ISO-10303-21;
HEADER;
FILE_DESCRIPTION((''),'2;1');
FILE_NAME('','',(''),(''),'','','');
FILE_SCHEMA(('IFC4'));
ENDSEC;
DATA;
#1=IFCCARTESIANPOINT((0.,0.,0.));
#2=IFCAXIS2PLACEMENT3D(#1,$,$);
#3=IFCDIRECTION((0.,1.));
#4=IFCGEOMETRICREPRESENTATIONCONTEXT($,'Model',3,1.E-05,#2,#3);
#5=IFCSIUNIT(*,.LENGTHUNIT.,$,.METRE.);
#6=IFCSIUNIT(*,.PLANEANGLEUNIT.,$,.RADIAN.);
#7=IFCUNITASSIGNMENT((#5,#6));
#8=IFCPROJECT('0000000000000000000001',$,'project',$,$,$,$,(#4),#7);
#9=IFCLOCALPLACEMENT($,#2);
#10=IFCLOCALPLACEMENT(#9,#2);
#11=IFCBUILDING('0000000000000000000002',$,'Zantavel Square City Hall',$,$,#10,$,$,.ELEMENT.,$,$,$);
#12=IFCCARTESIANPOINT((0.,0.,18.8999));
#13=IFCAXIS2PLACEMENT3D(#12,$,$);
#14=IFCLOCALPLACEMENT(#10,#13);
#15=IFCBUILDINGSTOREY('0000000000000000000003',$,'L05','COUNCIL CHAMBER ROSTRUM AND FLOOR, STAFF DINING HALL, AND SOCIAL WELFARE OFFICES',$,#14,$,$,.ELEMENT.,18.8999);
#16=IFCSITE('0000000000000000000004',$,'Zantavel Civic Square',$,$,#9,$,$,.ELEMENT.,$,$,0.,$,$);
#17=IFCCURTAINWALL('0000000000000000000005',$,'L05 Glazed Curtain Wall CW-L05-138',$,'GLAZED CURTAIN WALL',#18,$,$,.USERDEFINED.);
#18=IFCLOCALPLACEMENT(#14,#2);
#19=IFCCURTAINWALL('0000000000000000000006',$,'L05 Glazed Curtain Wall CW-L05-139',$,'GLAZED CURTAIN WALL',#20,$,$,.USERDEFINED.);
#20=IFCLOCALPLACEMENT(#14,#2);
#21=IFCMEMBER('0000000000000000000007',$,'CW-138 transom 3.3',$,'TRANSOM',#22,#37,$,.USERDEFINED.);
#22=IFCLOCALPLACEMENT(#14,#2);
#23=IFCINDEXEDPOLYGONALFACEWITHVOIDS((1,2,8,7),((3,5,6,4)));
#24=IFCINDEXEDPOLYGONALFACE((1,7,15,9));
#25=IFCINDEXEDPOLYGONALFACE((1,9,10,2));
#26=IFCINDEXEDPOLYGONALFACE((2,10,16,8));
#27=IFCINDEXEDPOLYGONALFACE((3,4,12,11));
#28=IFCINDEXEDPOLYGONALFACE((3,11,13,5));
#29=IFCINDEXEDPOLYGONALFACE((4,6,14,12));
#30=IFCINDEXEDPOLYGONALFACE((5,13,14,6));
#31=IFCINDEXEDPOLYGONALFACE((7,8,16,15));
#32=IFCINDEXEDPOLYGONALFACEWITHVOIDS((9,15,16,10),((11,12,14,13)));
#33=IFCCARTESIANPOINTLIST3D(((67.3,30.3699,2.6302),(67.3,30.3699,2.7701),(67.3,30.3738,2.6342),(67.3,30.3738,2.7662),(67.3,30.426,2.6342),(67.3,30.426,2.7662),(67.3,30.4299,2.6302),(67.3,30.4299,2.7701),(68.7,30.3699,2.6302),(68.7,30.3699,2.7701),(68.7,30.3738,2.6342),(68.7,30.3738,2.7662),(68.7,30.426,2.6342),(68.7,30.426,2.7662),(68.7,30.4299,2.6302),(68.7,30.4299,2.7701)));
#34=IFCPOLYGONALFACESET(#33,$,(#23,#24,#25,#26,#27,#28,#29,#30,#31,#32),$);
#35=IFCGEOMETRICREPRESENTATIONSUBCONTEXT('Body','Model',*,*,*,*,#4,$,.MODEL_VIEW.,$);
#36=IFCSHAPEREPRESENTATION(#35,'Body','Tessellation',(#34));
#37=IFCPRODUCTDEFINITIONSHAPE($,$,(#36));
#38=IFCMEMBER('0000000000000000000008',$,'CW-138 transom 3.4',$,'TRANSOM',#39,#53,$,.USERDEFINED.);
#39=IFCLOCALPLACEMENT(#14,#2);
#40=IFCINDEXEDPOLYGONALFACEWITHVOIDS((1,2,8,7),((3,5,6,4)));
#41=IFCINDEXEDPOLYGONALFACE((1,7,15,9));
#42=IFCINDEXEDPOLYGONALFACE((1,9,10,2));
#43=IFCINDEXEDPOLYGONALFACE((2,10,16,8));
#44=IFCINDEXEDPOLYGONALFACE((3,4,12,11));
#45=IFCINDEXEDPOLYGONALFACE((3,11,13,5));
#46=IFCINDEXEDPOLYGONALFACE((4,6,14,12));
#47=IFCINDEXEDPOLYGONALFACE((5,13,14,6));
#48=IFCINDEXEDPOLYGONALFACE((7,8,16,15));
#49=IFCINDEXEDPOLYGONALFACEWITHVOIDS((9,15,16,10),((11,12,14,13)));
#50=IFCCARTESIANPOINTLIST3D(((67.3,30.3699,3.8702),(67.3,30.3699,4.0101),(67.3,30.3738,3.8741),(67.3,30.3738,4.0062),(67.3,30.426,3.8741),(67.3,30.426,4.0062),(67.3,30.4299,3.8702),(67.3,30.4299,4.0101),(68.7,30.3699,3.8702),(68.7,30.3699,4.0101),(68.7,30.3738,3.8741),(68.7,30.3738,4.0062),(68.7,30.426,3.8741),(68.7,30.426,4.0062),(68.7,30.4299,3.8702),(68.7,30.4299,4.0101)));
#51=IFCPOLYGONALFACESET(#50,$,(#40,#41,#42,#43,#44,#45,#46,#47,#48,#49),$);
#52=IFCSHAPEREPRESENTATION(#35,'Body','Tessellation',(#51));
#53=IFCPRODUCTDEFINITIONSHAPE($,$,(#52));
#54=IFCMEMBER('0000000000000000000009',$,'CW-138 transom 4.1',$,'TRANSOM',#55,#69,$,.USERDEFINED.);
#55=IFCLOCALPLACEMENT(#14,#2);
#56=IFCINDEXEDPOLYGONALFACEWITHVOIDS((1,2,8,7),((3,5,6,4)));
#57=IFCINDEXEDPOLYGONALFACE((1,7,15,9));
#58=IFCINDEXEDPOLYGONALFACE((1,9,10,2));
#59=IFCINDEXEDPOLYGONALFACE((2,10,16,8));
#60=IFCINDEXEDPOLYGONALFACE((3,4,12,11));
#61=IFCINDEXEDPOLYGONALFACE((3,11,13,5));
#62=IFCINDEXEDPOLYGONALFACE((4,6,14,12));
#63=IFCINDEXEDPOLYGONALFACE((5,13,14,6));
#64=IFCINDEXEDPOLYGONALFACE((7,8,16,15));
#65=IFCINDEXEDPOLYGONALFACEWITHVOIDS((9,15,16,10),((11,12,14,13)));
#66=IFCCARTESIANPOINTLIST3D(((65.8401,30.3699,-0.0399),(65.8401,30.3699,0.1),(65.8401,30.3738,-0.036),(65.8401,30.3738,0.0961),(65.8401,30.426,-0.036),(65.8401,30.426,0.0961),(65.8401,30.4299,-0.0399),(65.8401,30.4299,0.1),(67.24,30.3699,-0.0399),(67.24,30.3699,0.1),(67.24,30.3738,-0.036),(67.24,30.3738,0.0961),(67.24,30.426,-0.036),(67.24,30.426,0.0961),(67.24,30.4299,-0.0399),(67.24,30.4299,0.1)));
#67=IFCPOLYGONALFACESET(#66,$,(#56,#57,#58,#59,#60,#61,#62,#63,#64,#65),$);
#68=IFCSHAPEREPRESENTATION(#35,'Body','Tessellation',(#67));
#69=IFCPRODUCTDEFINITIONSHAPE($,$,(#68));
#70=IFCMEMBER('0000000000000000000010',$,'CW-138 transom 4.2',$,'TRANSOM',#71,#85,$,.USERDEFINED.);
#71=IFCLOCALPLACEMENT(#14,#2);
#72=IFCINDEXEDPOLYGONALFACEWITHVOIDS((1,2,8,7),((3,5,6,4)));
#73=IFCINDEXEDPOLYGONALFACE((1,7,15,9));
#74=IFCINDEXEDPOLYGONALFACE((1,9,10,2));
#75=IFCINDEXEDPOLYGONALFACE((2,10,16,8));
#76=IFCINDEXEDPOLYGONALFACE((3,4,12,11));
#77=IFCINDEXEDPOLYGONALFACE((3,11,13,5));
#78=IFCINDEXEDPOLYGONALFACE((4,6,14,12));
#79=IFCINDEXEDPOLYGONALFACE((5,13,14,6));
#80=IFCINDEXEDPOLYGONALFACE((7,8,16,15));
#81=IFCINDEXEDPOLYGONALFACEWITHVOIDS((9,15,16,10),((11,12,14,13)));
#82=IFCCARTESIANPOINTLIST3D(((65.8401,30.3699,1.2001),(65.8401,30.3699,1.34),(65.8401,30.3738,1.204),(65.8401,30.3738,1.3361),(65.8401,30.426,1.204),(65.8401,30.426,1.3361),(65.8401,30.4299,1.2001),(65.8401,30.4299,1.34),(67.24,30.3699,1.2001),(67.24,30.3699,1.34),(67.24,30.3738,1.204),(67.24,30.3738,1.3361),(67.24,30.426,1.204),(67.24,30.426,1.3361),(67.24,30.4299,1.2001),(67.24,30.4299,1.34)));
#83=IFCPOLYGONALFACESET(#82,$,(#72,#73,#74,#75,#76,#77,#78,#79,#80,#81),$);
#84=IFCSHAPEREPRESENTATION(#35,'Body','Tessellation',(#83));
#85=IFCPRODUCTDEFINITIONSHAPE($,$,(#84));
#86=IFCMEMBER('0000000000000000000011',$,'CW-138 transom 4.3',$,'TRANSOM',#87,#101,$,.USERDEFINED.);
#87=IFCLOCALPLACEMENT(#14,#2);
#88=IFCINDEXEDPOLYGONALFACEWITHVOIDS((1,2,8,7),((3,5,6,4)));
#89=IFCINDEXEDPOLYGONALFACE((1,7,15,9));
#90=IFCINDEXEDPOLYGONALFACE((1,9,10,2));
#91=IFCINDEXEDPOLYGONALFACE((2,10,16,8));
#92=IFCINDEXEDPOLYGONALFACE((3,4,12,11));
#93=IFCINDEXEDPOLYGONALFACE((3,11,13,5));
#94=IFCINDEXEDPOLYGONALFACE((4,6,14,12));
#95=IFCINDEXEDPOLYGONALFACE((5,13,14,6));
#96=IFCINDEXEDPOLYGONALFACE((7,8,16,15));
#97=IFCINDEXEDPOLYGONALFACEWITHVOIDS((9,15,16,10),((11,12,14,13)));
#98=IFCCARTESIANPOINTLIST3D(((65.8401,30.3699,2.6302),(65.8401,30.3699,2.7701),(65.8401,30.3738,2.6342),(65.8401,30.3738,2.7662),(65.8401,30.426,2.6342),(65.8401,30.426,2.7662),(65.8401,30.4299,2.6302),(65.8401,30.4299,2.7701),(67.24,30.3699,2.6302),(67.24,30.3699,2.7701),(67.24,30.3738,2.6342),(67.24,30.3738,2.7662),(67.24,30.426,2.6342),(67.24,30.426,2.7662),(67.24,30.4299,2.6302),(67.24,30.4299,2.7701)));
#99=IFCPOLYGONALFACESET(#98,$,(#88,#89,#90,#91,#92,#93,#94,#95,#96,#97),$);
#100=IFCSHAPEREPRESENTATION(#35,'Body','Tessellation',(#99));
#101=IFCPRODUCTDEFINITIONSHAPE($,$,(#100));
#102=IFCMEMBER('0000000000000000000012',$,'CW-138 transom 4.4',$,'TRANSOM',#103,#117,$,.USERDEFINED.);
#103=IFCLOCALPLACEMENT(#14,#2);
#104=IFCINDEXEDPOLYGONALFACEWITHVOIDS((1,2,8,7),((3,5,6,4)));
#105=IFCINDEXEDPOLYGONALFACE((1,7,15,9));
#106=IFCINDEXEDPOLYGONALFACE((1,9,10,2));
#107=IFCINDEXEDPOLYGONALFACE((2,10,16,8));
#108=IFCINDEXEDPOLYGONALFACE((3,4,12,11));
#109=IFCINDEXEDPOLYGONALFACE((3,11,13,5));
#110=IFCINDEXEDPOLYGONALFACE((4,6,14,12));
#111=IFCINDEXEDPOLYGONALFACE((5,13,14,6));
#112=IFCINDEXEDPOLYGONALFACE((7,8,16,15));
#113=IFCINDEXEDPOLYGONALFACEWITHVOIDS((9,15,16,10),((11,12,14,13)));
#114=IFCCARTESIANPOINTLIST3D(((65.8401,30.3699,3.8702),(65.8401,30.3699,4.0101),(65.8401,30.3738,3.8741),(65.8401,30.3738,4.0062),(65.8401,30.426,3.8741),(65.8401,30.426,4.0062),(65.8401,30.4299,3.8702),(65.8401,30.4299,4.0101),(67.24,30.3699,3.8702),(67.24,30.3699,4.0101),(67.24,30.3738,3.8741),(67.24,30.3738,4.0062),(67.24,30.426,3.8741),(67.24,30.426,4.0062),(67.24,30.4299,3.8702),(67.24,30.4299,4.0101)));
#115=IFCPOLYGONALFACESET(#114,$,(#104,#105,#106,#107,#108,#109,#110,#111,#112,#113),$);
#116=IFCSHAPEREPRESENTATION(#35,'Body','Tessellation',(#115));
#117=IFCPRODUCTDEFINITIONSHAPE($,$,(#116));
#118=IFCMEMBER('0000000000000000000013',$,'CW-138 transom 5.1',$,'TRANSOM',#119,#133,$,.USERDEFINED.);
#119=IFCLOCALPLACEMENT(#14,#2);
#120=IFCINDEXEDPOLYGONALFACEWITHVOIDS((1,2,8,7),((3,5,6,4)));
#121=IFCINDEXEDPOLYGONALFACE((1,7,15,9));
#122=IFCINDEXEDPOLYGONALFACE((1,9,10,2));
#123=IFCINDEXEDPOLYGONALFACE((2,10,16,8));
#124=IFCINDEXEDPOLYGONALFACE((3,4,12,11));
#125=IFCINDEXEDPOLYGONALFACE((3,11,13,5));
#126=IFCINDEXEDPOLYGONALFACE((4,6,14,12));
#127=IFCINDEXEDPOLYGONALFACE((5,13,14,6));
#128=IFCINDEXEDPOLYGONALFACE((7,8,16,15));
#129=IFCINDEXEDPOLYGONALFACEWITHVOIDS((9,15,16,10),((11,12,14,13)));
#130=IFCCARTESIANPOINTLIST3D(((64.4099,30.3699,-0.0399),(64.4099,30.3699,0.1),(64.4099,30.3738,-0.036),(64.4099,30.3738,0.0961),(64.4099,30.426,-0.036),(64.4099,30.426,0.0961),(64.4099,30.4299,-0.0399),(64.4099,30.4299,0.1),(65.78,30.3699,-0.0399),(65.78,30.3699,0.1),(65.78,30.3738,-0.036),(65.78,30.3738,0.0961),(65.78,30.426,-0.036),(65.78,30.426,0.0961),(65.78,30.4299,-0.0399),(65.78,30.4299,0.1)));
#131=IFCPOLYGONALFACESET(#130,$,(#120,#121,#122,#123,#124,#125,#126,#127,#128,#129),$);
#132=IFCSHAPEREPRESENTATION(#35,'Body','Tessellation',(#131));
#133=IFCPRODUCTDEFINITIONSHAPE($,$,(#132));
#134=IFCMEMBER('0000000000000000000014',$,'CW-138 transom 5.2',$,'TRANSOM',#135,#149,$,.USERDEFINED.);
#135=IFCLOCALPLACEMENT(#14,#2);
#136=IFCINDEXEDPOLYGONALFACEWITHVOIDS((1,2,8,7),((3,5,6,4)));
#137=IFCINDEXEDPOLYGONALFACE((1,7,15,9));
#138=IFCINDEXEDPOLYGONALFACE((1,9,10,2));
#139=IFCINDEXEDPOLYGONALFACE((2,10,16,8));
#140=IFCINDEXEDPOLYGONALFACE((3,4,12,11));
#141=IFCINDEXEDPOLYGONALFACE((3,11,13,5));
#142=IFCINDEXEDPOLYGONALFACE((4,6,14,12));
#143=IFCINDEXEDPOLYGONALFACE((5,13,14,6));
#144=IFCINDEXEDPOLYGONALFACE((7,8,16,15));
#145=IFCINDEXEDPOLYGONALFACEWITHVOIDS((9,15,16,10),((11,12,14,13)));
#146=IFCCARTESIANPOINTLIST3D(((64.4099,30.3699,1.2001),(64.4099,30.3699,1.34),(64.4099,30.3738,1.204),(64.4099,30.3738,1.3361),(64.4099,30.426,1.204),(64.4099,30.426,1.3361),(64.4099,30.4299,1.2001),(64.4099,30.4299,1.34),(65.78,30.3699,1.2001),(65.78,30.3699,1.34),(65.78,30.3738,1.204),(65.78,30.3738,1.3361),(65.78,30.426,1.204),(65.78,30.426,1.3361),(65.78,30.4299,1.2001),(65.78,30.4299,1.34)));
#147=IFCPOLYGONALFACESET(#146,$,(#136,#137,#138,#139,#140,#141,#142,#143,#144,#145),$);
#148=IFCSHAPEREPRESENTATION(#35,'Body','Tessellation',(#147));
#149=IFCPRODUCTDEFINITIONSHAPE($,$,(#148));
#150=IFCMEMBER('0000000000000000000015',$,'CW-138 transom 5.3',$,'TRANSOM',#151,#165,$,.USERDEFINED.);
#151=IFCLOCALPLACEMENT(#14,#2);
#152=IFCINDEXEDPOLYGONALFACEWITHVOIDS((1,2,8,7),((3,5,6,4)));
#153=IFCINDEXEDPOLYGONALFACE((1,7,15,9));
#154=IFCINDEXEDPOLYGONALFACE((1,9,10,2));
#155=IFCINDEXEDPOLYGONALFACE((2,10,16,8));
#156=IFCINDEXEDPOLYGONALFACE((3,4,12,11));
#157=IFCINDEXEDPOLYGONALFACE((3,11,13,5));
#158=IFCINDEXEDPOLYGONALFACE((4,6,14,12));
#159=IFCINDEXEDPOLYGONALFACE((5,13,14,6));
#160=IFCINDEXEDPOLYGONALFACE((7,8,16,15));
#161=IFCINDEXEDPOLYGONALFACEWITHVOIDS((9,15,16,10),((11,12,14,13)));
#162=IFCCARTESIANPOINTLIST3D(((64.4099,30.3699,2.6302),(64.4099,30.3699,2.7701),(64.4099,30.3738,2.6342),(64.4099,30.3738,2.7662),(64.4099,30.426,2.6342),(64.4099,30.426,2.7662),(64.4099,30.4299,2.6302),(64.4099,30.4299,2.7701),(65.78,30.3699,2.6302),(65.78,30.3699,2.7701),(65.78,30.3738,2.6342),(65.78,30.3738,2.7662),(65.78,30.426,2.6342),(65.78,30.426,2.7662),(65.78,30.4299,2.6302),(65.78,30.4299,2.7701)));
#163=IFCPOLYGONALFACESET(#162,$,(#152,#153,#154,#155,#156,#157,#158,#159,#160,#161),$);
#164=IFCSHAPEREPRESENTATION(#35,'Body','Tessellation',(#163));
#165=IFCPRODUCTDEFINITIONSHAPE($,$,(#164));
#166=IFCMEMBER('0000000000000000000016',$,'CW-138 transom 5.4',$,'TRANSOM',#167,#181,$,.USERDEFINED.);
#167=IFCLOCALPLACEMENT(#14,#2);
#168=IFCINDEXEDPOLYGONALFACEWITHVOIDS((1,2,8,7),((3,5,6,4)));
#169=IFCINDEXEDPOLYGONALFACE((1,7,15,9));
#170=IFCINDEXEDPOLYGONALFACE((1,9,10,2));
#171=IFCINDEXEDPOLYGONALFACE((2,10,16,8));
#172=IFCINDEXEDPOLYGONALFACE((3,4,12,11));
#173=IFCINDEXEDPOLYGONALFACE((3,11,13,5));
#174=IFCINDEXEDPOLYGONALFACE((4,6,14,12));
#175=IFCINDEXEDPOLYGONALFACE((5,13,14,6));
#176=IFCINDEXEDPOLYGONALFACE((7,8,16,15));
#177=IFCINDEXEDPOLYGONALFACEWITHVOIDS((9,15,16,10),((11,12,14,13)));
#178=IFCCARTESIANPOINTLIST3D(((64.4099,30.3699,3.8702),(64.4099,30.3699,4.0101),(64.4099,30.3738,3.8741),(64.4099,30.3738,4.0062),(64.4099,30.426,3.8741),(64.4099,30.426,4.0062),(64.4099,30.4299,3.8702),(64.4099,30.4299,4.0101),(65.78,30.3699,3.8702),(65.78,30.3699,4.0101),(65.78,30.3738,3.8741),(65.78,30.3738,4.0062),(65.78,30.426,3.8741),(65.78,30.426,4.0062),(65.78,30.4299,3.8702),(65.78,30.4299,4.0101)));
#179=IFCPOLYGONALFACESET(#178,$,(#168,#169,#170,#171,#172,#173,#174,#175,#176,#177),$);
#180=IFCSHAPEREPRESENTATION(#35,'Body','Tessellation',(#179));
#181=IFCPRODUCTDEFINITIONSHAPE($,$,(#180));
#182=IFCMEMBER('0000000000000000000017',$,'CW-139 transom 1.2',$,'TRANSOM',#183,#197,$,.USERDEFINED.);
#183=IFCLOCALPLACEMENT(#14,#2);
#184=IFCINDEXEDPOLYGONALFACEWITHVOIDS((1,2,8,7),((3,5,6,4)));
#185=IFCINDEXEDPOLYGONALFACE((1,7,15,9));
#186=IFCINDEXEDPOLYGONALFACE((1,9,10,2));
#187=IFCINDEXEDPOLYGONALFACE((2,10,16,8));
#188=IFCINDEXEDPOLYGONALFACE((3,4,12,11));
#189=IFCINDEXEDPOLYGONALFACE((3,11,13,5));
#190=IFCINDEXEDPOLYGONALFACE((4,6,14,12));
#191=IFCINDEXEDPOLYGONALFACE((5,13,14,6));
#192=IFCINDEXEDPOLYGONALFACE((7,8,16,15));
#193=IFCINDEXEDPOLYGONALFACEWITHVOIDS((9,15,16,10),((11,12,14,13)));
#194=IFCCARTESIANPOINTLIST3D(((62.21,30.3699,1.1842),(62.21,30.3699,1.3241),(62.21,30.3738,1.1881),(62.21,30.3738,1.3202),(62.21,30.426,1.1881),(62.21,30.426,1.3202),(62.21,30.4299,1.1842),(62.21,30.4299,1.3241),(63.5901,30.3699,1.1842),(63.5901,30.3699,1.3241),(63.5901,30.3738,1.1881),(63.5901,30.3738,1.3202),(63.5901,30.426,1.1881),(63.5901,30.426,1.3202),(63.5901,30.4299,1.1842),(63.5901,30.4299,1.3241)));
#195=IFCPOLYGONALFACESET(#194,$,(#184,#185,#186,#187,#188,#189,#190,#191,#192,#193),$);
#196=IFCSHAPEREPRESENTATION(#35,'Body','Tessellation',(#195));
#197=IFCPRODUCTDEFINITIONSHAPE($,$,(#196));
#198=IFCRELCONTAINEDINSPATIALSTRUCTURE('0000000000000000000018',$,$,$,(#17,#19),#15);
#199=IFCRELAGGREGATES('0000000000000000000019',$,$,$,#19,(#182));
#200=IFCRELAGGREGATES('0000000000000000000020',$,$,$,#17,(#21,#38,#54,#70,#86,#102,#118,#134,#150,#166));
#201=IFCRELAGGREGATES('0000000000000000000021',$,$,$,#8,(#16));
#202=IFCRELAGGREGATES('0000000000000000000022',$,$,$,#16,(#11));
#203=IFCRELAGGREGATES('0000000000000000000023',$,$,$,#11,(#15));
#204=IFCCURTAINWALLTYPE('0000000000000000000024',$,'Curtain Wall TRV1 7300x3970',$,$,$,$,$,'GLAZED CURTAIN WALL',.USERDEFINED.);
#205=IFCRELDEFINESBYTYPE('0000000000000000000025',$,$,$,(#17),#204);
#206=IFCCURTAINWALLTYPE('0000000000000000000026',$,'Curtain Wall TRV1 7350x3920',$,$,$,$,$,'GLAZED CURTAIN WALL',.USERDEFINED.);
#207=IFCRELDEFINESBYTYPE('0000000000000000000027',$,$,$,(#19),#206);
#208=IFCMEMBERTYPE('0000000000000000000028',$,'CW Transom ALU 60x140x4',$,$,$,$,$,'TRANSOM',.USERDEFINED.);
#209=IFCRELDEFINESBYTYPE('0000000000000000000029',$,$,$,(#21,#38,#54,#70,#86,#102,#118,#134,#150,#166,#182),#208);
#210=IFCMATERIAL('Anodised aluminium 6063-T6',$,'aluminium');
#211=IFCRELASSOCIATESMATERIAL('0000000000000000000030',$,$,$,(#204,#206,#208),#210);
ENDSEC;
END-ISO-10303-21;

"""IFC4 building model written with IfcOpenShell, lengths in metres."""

from ifc_helpers import new_model, si_unit, direction, frame, origin, origin_2d, place, context, subcontext, project, spatial, hollow_rectangle, extrude, material, material_profile, profile_set, type_object, element, aggregate, save


model = new_model("IFC4")

# Units and contexts
model_context = context("Model", 3, precision=1e-05, world=origin(), true_north=direction((0.0, 1.0)))
body_context = subcontext(model_context, "Body", "Model", "MODEL_VIEW")
ifc_project = project(units=[si_unit("LENGTHUNIT", "METRE"), si_unit("PLANEANGLEUNIT", "RADIAN")], contexts=[model_context])

# Site, building, storey
site_placement = place(None, origin())
site = spatial("IfcSite", under=ifc_project, at=site_placement, Name="Zantavel Civic Square", CompositionType="ELEMENT", RefElevation=0.0)
building_placement = place(site_placement, origin())
building = spatial("IfcBuilding", under=site, at=building_placement, Name="Zantavel Square City Hall", CompositionType="ELEMENT")
storey_placement = place(building_placement, frame((0.0, 0.0, 18.8999)))
storey = spatial("IfcBuildingStorey", under=building, at=storey_placement, Name="L05", Description="COUNCIL CHAMBER ROSTRUM AND FLOOR, STAFF DINING HALL, AND SOCIAL WELFARE OFFICES", CompositionType="ELEMENT", Elevation=18.8999)

# Curtain wall
ifc_material_1 = material(Name="Anodised aluminium 6063-T6", Category="aluminium")
curtain_wall_type_1 = type_object("IfcCurtainWallType", Name="Curtain Wall TRV1 7300x3970", ElementType="GLAZED CURTAIN WALL", PredefinedType="USERDEFINED", material=ifc_material_1)
curtain_wall_1_placement = place(storey_placement, origin())
curtain_wall_1 = element("IfcCurtainWall", 1, at=curtain_wall_1_placement, inside=storey, type_object=curtain_wall_type_1, Name="L05 Glazed Curtain Wall CW-L05-138", ObjectType="GLAZED CURTAIN WALL", PredefinedType="USERDEFINED")

# Curtain wall
curtain_wall_type_2 = type_object("IfcCurtainWallType", Name="Curtain Wall TRV1 7350x3920", ElementType="GLAZED CURTAIN WALL", PredefinedType="USERDEFINED", material=ifc_material_1)
curtain_wall_2_placement = place(storey_placement, origin())
curtain_wall_2 = element("IfcCurtainWall", 2, at=curtain_wall_2_placement, inside=storey, type_object=curtain_wall_type_2, Name="L05 Glazed Curtain Wall CW-L05-139", ObjectType="GLAZED CURTAIN WALL", PredefinedType="USERDEFINED")

# Members
ifc_material_profile_1 = material_profile(ifc_material_1, hollow_rectangle(XDim=0.0601, YDim=0.1399, WallThickness=0.0039, at=origin_2d()), Name="ALU 60x140x4")
ifc_profile_set_1 = profile_set([ifc_material_profile_1], Name="Anodised aluminium 6063-T6")
member_type_1 = type_object("IfcMemberType", Name="CW Transom ALU 60x140x4", ElementType="TRANSOM", PredefinedType="USERDEFINED", material=ifc_profile_set_1)
member_1_placement = place(storey_placement, frame((68.7, 30.3999, 2.7002), z_axis=(-1.0, 0.0, 0.0), x_axis=(0.0, -1.0, 0.0)))
member_1 = element("IfcMember", 3, at=member_1_placement, type_object=member_type_1, Name="CW-138 transom 3.3", ObjectType="TRANSOM", PredefinedType="USERDEFINED", context=body_context, shape_type="SweptSolid", body=[
    extrude(hollow_rectangle(XDim=0.0601, YDim=0.1399, WallThickness=0.0039, at=origin_2d()), origin(), (0.0, 0.0, 1.0), 1.3999),
])
member_2_placement = place(storey_placement, frame((68.7, 30.3999, 3.9402), z_axis=(-1.0, 0.0, 0.0), x_axis=(0.0, -1.0, 0.0)))
member_2 = element("IfcMember", 4, at=member_2_placement, type_object=member_type_1, Name="CW-138 transom 3.4", ObjectType="TRANSOM", PredefinedType="USERDEFINED", context=body_context, shape_type="SweptSolid", body=[
    extrude(hollow_rectangle(XDim=0.0601, YDim=0.1399, WallThickness=0.0039, at=origin_2d()), origin(), (0.0, 0.0, 1.0), 1.3999),
])
member_3_placement = place(storey_placement, frame((67.24, 30.3999, 0.03), z_axis=(-1.0, 0.0, 0.0), x_axis=(0.0, -1.0, 0.0)))
member_3 = element("IfcMember", 5, at=member_3_placement, type_object=member_type_1, Name="CW-138 transom 4.1", ObjectType="TRANSOM", PredefinedType="USERDEFINED", context=body_context, shape_type="SweptSolid", body=[
    extrude(hollow_rectangle(XDim=0.0601, YDim=0.1399, WallThickness=0.0039, at=origin_2d()), origin(), (0.0, 0.0, 1.0), 1.3999),
])
member_4_placement = place(storey_placement, frame((67.24, 30.3999, 1.27), z_axis=(-1.0, 0.0, 0.0), x_axis=(0.0, -1.0, 0.0)))
member_4 = element("IfcMember", 6, at=member_4_placement, type_object=member_type_1, Name="CW-138 transom 4.2", ObjectType="TRANSOM", PredefinedType="USERDEFINED", context=body_context, shape_type="SweptSolid", body=[
    extrude(hollow_rectangle(XDim=0.0601, YDim=0.1399, WallThickness=0.0039, at=origin_2d()), origin(), (0.0, 0.0, 1.0), 1.3999),
])
member_5_placement = place(storey_placement, frame((67.24, 30.3999, 2.7002), z_axis=(-1.0, 0.0, 0.0), x_axis=(0.0, -1.0, 0.0)))
member_5 = element("IfcMember", 7, at=member_5_placement, type_object=member_type_1, Name="CW-138 transom 4.3", ObjectType="TRANSOM", PredefinedType="USERDEFINED", context=body_context, shape_type="SweptSolid", body=[
    extrude(hollow_rectangle(XDim=0.0601, YDim=0.1399, WallThickness=0.0039, at=origin_2d()), origin(), (0.0, 0.0, 1.0), 1.3999),
])
member_6_placement = place(storey_placement, frame((67.24, 30.3999, 3.9402), z_axis=(-1.0, 0.0, 0.0), x_axis=(0.0, -1.0, 0.0)))
member_6 = element("IfcMember", 8, at=member_6_placement, type_object=member_type_1, Name="CW-138 transom 4.4", ObjectType="TRANSOM", PredefinedType="USERDEFINED", context=body_context, shape_type="SweptSolid", body=[
    extrude(hollow_rectangle(XDim=0.0601, YDim=0.1399, WallThickness=0.0039, at=origin_2d()), origin(), (0.0, 0.0, 1.0), 1.3999),
])
member_7_placement = place(storey_placement, frame((65.78, 30.3999, 0.03), z_axis=(-1.0, 0.0, 0.0), x_axis=(0.0, -1.0, 0.0)))
member_7 = element("IfcMember", 9, at=member_7_placement, type_object=member_type_1, Name="CW-138 transom 5.1", ObjectType="TRANSOM", PredefinedType="USERDEFINED", context=body_context, shape_type="SweptSolid", body=[
    extrude(hollow_rectangle(XDim=0.0601, YDim=0.1399, WallThickness=0.0039, at=origin_2d()), origin(), (0.0, 0.0, 1.0), 1.3701),
])
member_8_placement = place(storey_placement, frame((65.78, 30.3999, 1.27), z_axis=(-1.0, 0.0, 0.0), x_axis=(0.0, -1.0, 0.0)))
member_8 = element("IfcMember", 10, at=member_8_placement, type_object=member_type_1, Name="CW-138 transom 5.2", ObjectType="TRANSOM", PredefinedType="USERDEFINED", context=body_context, shape_type="SweptSolid", body=[
    extrude(hollow_rectangle(XDim=0.0601, YDim=0.1399, WallThickness=0.0039, at=origin_2d()), origin(), (0.0, 0.0, 1.0), 1.3701),
])
member_9_placement = place(storey_placement, frame((65.78, 30.3999, 2.7002), z_axis=(-1.0, 0.0, 0.0), x_axis=(0.0, -1.0, 0.0)))
member_9 = element("IfcMember", 11, at=member_9_placement, type_object=member_type_1, Name="CW-138 transom 5.3", ObjectType="TRANSOM", PredefinedType="USERDEFINED", context=body_context, shape_type="SweptSolid", body=[
    extrude(hollow_rectangle(XDim=0.0601, YDim=0.1399, WallThickness=0.0039, at=origin_2d()), origin(), (0.0, 0.0, 1.0), 1.3701),
])
member_10_placement = place(storey_placement, frame((65.78, 30.3999, 3.9402), z_axis=(-1.0, 0.0, 0.0), x_axis=(0.0, -1.0, 0.0)))
member_10 = element("IfcMember", 12, at=member_10_placement, type_object=member_type_1, Name="CW-138 transom 5.4", ObjectType="TRANSOM", PredefinedType="USERDEFINED", context=body_context, shape_type="SweptSolid", body=[
    extrude(hollow_rectangle(XDim=0.0601, YDim=0.1399, WallThickness=0.0039, at=origin_2d()), origin(), (0.0, 0.0, 1.0), 1.3701),
])
member_11_placement = place(storey_placement, frame((63.5901, 30.3999, 1.2542), z_axis=(-1.0, 0.0, 0.0), x_axis=(0.0, -1.0, 0.0)))
member_11 = element("IfcMember", 13, at=member_11_placement, type_object=member_type_1, Name="CW-139 transom 1.2", ObjectType="TRANSOM", PredefinedType="USERDEFINED", context=body_context, shape_type="SweptSolid", body=[
    extrude(hollow_rectangle(XDim=0.0601, YDim=0.1399, WallThickness=0.0039, at=origin_2d()), origin(), (0.0, 0.0, 1.0), 1.3801),
])
aggregate(curtain_wall_2, [member_11])

aggregate(curtain_wall_1, [member_1, member_2, member_3, member_4, member_5, member_6, member_7, member_8, member_9, member_10])

save(model, "model.ifc")
